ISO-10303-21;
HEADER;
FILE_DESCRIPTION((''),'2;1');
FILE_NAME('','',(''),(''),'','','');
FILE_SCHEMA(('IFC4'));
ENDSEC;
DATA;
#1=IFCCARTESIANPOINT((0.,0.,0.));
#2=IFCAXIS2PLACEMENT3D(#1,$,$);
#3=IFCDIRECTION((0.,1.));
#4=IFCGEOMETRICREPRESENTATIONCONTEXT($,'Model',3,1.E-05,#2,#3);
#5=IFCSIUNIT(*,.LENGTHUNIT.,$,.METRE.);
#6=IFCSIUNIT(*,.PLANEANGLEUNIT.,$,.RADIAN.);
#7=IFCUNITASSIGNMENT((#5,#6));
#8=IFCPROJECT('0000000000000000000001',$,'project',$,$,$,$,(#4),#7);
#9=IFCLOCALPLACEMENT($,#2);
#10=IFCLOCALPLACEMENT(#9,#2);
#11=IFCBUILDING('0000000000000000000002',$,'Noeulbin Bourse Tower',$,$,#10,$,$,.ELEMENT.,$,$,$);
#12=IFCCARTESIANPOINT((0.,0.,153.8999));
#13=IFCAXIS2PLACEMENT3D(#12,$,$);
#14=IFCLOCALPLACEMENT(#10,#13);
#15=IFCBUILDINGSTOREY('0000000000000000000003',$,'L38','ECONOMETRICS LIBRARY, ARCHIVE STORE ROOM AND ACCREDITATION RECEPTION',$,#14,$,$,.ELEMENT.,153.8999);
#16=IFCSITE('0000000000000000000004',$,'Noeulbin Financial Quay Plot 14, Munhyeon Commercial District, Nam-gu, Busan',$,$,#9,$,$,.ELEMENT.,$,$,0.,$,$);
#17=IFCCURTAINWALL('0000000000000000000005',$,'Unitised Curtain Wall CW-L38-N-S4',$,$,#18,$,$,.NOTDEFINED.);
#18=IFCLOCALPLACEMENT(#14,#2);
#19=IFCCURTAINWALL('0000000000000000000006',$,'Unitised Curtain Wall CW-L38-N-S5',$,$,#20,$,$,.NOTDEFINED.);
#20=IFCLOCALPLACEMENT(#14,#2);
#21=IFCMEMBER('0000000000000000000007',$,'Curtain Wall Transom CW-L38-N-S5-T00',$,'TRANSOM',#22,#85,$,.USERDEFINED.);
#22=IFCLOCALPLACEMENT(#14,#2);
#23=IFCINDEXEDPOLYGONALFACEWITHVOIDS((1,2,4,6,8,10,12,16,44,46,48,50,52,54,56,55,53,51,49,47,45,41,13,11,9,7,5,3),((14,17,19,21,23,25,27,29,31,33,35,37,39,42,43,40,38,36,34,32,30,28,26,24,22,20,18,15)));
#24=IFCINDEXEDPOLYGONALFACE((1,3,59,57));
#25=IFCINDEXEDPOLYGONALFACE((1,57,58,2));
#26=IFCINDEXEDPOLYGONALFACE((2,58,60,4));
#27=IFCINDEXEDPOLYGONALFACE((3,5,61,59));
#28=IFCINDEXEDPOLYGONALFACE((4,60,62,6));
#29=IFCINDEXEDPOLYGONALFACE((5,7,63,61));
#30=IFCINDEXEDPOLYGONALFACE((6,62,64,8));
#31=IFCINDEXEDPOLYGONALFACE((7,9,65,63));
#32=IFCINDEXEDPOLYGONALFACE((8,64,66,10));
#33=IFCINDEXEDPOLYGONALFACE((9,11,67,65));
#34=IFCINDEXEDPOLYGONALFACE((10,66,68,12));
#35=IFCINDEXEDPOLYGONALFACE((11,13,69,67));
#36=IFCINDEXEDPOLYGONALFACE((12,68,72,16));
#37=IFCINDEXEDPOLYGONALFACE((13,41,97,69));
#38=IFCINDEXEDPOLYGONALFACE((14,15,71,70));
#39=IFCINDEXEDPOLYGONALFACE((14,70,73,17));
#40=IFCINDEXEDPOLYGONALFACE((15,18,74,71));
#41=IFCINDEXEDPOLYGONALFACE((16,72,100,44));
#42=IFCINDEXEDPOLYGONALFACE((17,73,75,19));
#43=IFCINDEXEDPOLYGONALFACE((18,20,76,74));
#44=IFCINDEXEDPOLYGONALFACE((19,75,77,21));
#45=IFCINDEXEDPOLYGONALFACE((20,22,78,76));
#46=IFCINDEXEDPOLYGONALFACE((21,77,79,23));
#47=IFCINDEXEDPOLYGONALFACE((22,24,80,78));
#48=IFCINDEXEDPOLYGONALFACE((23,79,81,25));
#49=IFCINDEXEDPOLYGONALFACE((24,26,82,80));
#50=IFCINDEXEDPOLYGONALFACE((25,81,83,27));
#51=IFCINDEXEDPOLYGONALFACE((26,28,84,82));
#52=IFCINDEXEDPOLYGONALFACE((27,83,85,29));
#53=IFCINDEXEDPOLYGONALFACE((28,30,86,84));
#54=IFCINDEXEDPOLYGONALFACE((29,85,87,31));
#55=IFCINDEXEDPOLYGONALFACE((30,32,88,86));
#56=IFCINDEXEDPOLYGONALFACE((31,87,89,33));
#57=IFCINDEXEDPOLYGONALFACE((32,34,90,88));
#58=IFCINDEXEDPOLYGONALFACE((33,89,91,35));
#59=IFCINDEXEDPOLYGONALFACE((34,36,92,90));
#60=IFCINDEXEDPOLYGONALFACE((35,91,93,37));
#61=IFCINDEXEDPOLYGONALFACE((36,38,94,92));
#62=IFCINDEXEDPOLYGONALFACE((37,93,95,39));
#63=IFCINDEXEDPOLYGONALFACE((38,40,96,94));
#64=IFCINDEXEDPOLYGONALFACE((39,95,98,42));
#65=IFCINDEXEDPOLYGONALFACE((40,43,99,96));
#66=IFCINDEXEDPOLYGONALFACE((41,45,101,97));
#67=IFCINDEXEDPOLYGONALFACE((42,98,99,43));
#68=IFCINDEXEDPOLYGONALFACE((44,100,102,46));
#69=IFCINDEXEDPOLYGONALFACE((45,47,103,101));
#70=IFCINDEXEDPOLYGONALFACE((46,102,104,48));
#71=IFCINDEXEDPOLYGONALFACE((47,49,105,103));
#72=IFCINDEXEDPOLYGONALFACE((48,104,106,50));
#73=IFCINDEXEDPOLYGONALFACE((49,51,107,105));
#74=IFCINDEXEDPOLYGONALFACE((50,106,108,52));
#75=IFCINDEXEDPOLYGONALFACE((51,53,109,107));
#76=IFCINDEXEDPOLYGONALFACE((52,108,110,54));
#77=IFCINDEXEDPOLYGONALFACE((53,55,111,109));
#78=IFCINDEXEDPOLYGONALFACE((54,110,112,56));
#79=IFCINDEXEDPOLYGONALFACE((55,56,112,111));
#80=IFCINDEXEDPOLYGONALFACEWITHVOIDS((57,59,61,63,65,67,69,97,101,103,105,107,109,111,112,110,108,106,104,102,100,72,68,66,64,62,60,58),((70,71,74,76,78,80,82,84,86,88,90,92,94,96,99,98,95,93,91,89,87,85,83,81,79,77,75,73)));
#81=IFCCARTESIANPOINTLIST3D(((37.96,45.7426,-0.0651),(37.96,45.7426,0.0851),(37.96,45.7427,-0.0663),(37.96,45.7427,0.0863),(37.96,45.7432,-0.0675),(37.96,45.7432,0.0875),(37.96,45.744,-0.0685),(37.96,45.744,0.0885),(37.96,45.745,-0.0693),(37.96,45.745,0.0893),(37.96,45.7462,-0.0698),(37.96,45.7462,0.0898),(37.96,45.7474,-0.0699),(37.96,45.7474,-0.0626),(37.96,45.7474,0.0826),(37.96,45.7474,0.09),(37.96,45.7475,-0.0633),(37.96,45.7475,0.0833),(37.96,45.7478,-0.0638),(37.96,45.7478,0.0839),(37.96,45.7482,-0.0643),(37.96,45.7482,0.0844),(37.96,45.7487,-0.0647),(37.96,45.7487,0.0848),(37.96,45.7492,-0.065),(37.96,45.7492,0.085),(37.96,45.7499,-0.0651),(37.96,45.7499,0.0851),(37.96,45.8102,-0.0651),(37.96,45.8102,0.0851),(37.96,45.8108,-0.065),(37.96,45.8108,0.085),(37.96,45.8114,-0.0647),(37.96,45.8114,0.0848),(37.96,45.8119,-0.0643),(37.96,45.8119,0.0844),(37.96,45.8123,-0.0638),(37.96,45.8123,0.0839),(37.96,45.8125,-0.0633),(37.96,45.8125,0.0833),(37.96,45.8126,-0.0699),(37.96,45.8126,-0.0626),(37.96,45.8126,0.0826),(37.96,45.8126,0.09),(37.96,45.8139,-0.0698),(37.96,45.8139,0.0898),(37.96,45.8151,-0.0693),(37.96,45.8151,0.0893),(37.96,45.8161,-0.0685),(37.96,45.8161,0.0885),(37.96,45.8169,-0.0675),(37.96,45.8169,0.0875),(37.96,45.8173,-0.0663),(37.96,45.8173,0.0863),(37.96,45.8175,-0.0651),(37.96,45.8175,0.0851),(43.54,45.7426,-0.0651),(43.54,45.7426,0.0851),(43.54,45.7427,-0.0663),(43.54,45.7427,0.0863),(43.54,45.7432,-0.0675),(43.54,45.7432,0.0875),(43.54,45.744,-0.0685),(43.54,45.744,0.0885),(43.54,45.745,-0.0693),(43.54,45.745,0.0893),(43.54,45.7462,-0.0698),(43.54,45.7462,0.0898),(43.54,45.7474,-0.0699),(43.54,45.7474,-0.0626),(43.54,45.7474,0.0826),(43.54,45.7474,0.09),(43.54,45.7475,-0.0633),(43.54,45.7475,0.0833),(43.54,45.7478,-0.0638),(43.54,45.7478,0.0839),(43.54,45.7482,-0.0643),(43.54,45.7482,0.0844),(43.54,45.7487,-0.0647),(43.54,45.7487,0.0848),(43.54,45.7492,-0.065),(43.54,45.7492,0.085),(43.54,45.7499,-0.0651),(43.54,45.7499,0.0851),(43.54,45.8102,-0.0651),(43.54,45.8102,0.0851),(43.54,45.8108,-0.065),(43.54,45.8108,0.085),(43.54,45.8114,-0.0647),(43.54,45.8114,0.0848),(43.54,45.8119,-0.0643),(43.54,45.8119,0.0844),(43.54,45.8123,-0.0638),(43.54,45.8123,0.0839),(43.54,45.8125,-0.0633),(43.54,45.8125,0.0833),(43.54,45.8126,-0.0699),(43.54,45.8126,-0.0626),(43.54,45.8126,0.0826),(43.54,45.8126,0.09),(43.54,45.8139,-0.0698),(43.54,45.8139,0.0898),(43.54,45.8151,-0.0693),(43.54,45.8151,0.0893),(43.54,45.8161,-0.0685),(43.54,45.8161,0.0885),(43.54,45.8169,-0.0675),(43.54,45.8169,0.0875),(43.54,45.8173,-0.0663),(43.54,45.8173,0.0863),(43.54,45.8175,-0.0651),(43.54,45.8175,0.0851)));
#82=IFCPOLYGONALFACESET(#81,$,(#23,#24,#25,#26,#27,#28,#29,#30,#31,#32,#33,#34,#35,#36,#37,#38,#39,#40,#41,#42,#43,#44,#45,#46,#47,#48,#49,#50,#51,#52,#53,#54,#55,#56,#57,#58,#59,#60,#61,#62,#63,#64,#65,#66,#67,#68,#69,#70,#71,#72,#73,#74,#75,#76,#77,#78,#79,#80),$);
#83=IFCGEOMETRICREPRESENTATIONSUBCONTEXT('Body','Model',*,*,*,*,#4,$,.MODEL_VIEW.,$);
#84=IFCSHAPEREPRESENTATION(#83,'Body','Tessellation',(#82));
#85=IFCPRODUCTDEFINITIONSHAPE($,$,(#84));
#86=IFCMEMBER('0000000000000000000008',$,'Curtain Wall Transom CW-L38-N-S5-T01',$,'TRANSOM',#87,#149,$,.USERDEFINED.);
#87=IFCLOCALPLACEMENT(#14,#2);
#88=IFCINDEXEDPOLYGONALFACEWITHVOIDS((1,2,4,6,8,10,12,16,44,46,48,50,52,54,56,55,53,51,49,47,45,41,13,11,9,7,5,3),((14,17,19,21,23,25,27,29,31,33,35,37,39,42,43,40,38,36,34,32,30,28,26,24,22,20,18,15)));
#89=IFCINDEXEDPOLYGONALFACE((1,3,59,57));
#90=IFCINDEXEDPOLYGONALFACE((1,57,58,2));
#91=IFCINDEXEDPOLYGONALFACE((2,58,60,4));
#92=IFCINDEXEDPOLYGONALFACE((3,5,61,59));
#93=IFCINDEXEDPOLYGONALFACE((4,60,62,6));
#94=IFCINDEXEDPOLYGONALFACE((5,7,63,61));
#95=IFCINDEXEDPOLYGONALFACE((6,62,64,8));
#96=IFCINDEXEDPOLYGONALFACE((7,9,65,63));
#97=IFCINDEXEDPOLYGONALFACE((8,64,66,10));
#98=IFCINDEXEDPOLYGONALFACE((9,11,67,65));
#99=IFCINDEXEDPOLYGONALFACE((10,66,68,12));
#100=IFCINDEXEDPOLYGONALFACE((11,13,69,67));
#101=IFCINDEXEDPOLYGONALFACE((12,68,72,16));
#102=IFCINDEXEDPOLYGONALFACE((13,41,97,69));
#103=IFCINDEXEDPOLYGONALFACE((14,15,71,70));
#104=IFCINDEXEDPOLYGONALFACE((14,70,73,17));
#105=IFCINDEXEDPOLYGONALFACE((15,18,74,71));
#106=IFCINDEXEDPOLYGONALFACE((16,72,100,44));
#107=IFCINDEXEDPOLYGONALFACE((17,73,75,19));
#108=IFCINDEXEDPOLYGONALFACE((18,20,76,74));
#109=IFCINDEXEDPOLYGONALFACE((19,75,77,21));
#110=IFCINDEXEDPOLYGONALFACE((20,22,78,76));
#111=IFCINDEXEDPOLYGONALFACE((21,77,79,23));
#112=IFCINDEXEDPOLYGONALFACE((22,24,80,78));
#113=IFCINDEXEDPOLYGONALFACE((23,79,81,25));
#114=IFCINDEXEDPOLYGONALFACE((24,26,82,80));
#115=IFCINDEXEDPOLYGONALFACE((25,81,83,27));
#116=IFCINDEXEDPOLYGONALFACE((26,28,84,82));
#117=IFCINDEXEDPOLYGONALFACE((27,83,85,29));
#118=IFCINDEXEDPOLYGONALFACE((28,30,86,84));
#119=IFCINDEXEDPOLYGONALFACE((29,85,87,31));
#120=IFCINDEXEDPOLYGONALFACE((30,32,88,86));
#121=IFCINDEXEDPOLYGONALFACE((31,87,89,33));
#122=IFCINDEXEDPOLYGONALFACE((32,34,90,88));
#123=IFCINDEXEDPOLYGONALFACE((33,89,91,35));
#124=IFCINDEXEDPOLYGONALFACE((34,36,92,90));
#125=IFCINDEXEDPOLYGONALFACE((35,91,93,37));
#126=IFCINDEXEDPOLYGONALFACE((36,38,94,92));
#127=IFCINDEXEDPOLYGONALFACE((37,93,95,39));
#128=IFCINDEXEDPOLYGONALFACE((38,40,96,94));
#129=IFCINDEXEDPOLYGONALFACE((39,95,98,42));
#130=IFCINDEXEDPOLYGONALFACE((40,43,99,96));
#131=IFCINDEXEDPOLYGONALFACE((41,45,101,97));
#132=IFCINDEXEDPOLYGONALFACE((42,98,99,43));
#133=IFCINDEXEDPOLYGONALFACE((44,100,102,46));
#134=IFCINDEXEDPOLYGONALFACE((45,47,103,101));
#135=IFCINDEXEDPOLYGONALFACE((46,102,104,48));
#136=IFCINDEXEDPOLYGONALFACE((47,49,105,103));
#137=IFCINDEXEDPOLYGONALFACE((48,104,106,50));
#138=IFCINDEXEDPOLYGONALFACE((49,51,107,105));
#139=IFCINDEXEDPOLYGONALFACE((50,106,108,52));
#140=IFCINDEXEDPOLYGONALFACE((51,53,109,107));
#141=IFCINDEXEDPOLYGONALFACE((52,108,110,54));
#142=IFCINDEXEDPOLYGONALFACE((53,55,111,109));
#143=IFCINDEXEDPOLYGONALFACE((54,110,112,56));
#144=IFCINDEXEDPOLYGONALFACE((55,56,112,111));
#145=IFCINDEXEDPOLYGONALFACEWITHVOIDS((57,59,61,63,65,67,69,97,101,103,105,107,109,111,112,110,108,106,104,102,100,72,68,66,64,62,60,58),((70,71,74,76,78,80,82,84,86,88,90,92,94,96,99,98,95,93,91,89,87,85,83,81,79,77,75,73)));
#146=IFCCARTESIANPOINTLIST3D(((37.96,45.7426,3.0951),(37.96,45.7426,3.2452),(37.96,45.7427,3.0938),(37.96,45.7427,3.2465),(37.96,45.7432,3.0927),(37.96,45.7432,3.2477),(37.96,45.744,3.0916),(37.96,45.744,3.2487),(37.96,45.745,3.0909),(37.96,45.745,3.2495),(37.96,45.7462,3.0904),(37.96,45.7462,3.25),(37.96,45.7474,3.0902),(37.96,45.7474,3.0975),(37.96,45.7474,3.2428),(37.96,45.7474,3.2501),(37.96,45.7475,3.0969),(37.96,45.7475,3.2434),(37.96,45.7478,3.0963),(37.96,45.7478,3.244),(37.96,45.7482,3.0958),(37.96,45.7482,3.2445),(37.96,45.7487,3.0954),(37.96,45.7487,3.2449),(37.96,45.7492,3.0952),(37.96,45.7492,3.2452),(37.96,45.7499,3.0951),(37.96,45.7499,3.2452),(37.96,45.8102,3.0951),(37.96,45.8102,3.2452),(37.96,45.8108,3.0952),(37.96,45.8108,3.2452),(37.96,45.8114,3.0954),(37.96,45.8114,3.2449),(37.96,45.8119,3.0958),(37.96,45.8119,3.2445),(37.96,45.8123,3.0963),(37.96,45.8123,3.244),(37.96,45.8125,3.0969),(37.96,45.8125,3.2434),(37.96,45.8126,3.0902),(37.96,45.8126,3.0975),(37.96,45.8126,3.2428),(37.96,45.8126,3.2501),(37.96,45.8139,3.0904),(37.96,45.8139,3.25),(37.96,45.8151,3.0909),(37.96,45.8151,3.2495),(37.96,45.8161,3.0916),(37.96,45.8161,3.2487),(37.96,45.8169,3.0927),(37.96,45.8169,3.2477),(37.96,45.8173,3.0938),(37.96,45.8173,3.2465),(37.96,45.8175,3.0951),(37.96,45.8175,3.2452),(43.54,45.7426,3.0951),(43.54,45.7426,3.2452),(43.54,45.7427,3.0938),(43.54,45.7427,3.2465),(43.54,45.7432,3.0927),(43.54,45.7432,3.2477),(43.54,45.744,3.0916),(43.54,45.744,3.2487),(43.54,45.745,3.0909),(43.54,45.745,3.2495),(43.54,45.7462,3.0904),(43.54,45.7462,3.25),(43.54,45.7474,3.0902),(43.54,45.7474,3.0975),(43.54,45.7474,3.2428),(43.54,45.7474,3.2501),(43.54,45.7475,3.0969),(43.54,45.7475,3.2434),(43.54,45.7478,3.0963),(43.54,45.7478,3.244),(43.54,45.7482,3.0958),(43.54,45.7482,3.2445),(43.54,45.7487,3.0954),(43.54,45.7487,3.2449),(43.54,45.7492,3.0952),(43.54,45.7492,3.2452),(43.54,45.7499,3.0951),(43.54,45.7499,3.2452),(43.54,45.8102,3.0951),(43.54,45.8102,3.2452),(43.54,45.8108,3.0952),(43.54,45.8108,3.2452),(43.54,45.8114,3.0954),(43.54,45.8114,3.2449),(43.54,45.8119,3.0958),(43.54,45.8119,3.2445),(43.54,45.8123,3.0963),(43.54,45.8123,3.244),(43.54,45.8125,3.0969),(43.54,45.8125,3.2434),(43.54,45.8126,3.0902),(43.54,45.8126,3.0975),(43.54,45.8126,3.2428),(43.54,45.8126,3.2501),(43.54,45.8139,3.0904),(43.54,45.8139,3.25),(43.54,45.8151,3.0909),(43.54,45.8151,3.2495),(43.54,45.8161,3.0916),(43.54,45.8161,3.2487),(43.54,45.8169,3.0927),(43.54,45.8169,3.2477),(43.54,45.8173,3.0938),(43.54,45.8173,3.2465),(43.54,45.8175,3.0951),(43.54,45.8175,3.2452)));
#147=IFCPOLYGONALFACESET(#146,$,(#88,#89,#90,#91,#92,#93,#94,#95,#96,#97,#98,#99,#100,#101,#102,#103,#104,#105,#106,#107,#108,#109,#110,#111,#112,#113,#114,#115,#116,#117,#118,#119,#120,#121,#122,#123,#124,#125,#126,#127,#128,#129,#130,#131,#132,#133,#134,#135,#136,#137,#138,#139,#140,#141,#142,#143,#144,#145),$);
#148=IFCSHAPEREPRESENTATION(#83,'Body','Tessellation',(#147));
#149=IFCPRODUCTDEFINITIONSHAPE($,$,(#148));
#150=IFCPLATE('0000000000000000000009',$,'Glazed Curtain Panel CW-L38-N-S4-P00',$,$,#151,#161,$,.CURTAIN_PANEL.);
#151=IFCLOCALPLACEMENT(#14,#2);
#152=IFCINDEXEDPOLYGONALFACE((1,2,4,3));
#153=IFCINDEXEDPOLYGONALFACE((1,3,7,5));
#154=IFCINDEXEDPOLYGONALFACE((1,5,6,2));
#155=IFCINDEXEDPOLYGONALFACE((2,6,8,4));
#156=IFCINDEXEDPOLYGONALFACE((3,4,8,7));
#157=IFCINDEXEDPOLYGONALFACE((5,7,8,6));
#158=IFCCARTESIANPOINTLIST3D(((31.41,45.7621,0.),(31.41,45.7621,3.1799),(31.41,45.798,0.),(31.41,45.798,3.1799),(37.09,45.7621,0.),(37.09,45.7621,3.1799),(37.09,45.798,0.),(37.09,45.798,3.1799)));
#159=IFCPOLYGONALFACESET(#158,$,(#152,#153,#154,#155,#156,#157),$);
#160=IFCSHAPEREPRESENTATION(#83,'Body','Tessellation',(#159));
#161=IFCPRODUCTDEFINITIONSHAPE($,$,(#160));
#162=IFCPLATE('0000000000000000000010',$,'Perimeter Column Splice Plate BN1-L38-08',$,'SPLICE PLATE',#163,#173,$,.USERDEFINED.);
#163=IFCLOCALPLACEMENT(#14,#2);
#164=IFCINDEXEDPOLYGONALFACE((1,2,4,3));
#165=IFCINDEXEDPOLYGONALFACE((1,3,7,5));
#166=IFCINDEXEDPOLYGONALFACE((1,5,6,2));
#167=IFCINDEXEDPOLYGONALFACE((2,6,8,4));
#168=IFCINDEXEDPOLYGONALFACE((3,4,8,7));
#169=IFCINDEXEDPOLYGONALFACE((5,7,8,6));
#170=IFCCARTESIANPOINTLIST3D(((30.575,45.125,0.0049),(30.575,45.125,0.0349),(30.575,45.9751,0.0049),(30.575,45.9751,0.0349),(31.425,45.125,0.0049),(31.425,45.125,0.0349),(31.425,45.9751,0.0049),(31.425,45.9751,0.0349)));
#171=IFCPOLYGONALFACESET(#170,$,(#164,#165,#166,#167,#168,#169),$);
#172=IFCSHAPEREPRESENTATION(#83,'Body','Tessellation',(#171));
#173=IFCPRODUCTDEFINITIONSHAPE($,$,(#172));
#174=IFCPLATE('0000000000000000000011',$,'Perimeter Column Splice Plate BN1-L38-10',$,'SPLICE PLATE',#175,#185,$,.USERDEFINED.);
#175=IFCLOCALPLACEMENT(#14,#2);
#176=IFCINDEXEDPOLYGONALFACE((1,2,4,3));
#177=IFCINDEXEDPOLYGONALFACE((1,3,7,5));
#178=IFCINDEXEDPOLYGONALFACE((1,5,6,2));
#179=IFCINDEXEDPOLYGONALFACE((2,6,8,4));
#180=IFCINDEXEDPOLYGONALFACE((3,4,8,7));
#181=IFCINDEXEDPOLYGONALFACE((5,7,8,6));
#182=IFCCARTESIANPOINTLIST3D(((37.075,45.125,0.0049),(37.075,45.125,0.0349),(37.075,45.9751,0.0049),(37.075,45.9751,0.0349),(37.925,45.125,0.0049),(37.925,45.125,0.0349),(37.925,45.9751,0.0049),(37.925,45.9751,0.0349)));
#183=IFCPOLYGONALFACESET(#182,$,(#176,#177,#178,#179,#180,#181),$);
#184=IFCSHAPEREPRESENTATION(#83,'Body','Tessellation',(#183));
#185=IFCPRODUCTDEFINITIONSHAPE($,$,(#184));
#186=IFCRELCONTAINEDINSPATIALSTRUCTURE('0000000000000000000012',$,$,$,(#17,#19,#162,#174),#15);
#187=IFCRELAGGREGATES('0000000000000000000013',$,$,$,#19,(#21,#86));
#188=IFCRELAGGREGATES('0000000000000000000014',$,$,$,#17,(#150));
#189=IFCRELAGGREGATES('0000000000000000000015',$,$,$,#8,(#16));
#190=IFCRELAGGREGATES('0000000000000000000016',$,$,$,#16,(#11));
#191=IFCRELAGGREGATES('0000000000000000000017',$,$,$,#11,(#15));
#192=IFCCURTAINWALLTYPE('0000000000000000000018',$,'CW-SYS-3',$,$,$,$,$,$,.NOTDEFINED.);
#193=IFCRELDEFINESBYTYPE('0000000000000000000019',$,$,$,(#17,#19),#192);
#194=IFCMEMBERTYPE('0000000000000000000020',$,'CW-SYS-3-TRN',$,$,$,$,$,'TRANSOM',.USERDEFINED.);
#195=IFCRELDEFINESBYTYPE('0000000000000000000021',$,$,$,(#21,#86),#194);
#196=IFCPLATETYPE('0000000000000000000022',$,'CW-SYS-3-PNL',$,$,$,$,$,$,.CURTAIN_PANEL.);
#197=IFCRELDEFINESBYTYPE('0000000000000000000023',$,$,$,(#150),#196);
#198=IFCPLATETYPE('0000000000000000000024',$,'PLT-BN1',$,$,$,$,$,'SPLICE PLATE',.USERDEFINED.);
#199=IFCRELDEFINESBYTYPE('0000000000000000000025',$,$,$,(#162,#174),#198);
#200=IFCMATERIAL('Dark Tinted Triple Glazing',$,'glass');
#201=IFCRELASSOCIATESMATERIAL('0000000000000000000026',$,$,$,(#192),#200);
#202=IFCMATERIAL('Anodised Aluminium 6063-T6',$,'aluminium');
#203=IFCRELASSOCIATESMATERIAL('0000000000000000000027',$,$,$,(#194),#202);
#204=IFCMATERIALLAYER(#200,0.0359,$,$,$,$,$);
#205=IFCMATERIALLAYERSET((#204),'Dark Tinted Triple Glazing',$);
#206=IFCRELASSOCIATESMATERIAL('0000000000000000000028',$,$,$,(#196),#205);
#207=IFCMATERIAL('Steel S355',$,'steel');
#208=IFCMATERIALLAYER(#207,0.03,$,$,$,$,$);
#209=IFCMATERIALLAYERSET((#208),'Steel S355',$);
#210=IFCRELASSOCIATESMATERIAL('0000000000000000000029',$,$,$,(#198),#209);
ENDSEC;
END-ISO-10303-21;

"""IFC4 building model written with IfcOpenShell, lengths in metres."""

from ifc_helpers import new_model, si_unit, direction, frame, origin, origin_2d, place, context, subcontext, project, spatial, rectangle, hollow_rectangle, extrude, material, layer, layer_set, material_profile, profile_set, type_object, element, aggregate, save


model = new_model("IFC4")

# Units and contexts
model_context = context("Model", 3, precision=1e-05, world=origin(), true_north=direction((0.0, 1.0)))
body_context = subcontext(model_context, "Body", "Model", "MODEL_VIEW")
ifc_project = project(units=[si_unit("LENGTHUNIT", "METRE"), si_unit("PLANEANGLEUNIT", "RADIAN")], contexts=[model_context])

# Site, building, storey
site_placement = place(None, origin())
site = spatial("IfcSite", under=ifc_project, at=site_placement, Name="Noeulbin Financial Quay Plot 14, Munhyeon Commercial District, Nam-gu, Busan", CompositionType="ELEMENT", RefElevation=0.0)
building_placement = place(site_placement, origin())
building = spatial("IfcBuilding", under=site, at=building_placement, Name="Noeulbin Bourse Tower", CompositionType="ELEMENT")
storey_placement = place(building_placement, frame((0.0, 0.0, 153.8999)))
storey = spatial("IfcBuildingStorey", under=building, at=storey_placement, Name="L38", Description="ECONOMETRICS LIBRARY, ARCHIVE STORE ROOM AND ACCREDITATION RECEPTION", CompositionType="ELEMENT", Elevation=153.8999)

# Shared definitions
ifc_material_1 = material(Name="Steel S355", Category="steel")

# Shared definitions
ifc_material_2 = material(Name="Dark Tinted Triple Glazing", Category="glass")
curtain_wall_type = type_object("IfcCurtainWallType", Name="CW-SYS-3", PredefinedType="NOTDEFINED", material=ifc_material_2)
ifc_material_3 = material(Name="Anodised Aluminium 6063-T6", Category="aluminium")

# Curtain wall
curtain_wall_1_placement = place(storey_placement, origin())
curtain_wall_1 = element("IfcCurtainWall", 1, at=curtain_wall_1_placement, inside=storey, type_object=curtain_wall_type, Name="Unitised Curtain Wall CW-L38-N-S4", PredefinedType="NOTDEFINED")

# Curtain wall
curtain_wall_2_placement = place(storey_placement, origin())
curtain_wall_2 = element("IfcCurtainWall", 2, at=curtain_wall_2_placement, inside=storey, type_object=curtain_wall_type, Name="Unitised Curtain Wall CW-L38-N-S5", PredefinedType="NOTDEFINED")

# Members
ifc_material_profile_1 = material_profile(ifc_material_3, hollow_rectangle(XDim=0.075, YDim=0.1599, WallThickness=0.0049, InnerFilletRadius=0.0024, OuterFilletRadius=0.0049, at=origin_2d()), Name="ALU-TRAN-75x160x5", Category="LoadBearing")
ifc_profile_set_1 = profile_set([ifc_material_profile_1], Name="Anodised Aluminium 6063-T6")
member_type_1 = type_object("IfcMemberType", Name="CW-SYS-3-TRN", ElementType="TRANSOM", PredefinedType="USERDEFINED", material=ifc_profile_set_1)
member_1_placement = place(storey_placement, frame((37.96, 45.78, 0.01), z_axis=(1.0, 0.0, 0.0), x_axis=(0.0, 1.0, 0.0)))
member_1 = element("IfcMember", 3, at=member_1_placement, type_object=member_type_1, Name="Curtain Wall Transom CW-L38-N-S5-T00", ObjectType="TRANSOM", PredefinedType="USERDEFINED", context=body_context, shape_type="SweptSolid", body=[
    extrude(hollow_rectangle(XDim=0.075, YDim=0.1599, WallThickness=0.0049, InnerFilletRadius=0.0024, OuterFilletRadius=0.0049, at=origin_2d()), origin(), (0.0, 0.0, 1.0), 5.5801),
])
member_2_placement = place(storey_placement, frame((37.96, 45.78, 3.1702), z_axis=(1.0, 0.0, 0.0), x_axis=(0.0, 1.0, 0.0)))
member_2 = element("IfcMember", 4, at=member_2_placement, type_object=member_type_1, Name="Curtain Wall Transom CW-L38-N-S5-T01", ObjectType="TRANSOM", PredefinedType="USERDEFINED", context=body_context, shape_type="SweptSolid", body=[
    extrude(hollow_rectangle(XDim=0.075, YDim=0.1599, WallThickness=0.0049, InnerFilletRadius=0.0024, OuterFilletRadius=0.0049, at=origin_2d()), origin(), (0.0, 0.0, 1.0), 5.5801),
])
aggregate(curtain_wall_2, [member_1, member_2])

# Plate
ifc_layer_1 = layer(ifc_material_2, 0.0359)
ifc_layer_set_1 = layer_set([ifc_layer_1], Name="Dark Tinted Triple Glazing")
plate_type_1 = type_object("IfcPlateType", Name="CW-SYS-3-PNL", PredefinedType="CURTAIN_PANEL", material=ifc_layer_set_1)
plate_placement = place(storey_placement, frame((34.25, 45.78, 0.0), z_axis=(0.0, 0.0, 1.0), x_axis=(1.0, 0.0, 0.0)))
plate = element("IfcPlate", 5, at=plate_placement, type_object=plate_type_1, Name="Glazed Curtain Panel CW-L38-N-S4-P00", PredefinedType="CURTAIN_PANEL", context=body_context, shape_type="SweptSolid", body=[
    extrude(rectangle(XDim=5.6799, YDim=0.0359, at=origin_2d()), origin(), (0.0, 0.0, 1.0), 3.1799),
])
aggregate(curtain_wall_1, [plate])

# Plates
ifc_layer_2 = layer(ifc_material_1, 0.03)
ifc_layer_set_2 = layer_set([ifc_layer_2], Name="Steel S355")
plate_type_2 = type_object("IfcPlateType", Name="PLT-BN1", ElementType="SPLICE PLATE", PredefinedType="USERDEFINED", material=ifc_layer_set_2)
for number, where, z_axis, x_axis, name in (
    (6, (31.0, 45.55, 0.0049), (0.0, 0.0, 1.0), (1.0, 0.0, 0.0), "Perimeter Column Splice Plate BN1-L38-08"),
    (7, (37.5, 45.55, 0.0049), (0.0, 0.0, 1.0), (1.0, 0.0, 0.0), "Perimeter Column Splice Plate BN1-L38-10"),
):
    element("IfcPlate", number, at=place(storey_placement, frame(where, z_axis=z_axis, x_axis=x_axis)), inside=storey, type_object=plate_type_2, Name=name, ObjectType="SPLICE PLATE", PredefinedType="USERDEFINED", context=body_context, shape_type="SweptSolid", body=[
        extrude(rectangle(XDim=0.8501, YDim=0.8501, at=origin_2d()), origin(), (0.0, 0.0, 1.0), 0.03),
    ])

save(model, "model.ifc")
